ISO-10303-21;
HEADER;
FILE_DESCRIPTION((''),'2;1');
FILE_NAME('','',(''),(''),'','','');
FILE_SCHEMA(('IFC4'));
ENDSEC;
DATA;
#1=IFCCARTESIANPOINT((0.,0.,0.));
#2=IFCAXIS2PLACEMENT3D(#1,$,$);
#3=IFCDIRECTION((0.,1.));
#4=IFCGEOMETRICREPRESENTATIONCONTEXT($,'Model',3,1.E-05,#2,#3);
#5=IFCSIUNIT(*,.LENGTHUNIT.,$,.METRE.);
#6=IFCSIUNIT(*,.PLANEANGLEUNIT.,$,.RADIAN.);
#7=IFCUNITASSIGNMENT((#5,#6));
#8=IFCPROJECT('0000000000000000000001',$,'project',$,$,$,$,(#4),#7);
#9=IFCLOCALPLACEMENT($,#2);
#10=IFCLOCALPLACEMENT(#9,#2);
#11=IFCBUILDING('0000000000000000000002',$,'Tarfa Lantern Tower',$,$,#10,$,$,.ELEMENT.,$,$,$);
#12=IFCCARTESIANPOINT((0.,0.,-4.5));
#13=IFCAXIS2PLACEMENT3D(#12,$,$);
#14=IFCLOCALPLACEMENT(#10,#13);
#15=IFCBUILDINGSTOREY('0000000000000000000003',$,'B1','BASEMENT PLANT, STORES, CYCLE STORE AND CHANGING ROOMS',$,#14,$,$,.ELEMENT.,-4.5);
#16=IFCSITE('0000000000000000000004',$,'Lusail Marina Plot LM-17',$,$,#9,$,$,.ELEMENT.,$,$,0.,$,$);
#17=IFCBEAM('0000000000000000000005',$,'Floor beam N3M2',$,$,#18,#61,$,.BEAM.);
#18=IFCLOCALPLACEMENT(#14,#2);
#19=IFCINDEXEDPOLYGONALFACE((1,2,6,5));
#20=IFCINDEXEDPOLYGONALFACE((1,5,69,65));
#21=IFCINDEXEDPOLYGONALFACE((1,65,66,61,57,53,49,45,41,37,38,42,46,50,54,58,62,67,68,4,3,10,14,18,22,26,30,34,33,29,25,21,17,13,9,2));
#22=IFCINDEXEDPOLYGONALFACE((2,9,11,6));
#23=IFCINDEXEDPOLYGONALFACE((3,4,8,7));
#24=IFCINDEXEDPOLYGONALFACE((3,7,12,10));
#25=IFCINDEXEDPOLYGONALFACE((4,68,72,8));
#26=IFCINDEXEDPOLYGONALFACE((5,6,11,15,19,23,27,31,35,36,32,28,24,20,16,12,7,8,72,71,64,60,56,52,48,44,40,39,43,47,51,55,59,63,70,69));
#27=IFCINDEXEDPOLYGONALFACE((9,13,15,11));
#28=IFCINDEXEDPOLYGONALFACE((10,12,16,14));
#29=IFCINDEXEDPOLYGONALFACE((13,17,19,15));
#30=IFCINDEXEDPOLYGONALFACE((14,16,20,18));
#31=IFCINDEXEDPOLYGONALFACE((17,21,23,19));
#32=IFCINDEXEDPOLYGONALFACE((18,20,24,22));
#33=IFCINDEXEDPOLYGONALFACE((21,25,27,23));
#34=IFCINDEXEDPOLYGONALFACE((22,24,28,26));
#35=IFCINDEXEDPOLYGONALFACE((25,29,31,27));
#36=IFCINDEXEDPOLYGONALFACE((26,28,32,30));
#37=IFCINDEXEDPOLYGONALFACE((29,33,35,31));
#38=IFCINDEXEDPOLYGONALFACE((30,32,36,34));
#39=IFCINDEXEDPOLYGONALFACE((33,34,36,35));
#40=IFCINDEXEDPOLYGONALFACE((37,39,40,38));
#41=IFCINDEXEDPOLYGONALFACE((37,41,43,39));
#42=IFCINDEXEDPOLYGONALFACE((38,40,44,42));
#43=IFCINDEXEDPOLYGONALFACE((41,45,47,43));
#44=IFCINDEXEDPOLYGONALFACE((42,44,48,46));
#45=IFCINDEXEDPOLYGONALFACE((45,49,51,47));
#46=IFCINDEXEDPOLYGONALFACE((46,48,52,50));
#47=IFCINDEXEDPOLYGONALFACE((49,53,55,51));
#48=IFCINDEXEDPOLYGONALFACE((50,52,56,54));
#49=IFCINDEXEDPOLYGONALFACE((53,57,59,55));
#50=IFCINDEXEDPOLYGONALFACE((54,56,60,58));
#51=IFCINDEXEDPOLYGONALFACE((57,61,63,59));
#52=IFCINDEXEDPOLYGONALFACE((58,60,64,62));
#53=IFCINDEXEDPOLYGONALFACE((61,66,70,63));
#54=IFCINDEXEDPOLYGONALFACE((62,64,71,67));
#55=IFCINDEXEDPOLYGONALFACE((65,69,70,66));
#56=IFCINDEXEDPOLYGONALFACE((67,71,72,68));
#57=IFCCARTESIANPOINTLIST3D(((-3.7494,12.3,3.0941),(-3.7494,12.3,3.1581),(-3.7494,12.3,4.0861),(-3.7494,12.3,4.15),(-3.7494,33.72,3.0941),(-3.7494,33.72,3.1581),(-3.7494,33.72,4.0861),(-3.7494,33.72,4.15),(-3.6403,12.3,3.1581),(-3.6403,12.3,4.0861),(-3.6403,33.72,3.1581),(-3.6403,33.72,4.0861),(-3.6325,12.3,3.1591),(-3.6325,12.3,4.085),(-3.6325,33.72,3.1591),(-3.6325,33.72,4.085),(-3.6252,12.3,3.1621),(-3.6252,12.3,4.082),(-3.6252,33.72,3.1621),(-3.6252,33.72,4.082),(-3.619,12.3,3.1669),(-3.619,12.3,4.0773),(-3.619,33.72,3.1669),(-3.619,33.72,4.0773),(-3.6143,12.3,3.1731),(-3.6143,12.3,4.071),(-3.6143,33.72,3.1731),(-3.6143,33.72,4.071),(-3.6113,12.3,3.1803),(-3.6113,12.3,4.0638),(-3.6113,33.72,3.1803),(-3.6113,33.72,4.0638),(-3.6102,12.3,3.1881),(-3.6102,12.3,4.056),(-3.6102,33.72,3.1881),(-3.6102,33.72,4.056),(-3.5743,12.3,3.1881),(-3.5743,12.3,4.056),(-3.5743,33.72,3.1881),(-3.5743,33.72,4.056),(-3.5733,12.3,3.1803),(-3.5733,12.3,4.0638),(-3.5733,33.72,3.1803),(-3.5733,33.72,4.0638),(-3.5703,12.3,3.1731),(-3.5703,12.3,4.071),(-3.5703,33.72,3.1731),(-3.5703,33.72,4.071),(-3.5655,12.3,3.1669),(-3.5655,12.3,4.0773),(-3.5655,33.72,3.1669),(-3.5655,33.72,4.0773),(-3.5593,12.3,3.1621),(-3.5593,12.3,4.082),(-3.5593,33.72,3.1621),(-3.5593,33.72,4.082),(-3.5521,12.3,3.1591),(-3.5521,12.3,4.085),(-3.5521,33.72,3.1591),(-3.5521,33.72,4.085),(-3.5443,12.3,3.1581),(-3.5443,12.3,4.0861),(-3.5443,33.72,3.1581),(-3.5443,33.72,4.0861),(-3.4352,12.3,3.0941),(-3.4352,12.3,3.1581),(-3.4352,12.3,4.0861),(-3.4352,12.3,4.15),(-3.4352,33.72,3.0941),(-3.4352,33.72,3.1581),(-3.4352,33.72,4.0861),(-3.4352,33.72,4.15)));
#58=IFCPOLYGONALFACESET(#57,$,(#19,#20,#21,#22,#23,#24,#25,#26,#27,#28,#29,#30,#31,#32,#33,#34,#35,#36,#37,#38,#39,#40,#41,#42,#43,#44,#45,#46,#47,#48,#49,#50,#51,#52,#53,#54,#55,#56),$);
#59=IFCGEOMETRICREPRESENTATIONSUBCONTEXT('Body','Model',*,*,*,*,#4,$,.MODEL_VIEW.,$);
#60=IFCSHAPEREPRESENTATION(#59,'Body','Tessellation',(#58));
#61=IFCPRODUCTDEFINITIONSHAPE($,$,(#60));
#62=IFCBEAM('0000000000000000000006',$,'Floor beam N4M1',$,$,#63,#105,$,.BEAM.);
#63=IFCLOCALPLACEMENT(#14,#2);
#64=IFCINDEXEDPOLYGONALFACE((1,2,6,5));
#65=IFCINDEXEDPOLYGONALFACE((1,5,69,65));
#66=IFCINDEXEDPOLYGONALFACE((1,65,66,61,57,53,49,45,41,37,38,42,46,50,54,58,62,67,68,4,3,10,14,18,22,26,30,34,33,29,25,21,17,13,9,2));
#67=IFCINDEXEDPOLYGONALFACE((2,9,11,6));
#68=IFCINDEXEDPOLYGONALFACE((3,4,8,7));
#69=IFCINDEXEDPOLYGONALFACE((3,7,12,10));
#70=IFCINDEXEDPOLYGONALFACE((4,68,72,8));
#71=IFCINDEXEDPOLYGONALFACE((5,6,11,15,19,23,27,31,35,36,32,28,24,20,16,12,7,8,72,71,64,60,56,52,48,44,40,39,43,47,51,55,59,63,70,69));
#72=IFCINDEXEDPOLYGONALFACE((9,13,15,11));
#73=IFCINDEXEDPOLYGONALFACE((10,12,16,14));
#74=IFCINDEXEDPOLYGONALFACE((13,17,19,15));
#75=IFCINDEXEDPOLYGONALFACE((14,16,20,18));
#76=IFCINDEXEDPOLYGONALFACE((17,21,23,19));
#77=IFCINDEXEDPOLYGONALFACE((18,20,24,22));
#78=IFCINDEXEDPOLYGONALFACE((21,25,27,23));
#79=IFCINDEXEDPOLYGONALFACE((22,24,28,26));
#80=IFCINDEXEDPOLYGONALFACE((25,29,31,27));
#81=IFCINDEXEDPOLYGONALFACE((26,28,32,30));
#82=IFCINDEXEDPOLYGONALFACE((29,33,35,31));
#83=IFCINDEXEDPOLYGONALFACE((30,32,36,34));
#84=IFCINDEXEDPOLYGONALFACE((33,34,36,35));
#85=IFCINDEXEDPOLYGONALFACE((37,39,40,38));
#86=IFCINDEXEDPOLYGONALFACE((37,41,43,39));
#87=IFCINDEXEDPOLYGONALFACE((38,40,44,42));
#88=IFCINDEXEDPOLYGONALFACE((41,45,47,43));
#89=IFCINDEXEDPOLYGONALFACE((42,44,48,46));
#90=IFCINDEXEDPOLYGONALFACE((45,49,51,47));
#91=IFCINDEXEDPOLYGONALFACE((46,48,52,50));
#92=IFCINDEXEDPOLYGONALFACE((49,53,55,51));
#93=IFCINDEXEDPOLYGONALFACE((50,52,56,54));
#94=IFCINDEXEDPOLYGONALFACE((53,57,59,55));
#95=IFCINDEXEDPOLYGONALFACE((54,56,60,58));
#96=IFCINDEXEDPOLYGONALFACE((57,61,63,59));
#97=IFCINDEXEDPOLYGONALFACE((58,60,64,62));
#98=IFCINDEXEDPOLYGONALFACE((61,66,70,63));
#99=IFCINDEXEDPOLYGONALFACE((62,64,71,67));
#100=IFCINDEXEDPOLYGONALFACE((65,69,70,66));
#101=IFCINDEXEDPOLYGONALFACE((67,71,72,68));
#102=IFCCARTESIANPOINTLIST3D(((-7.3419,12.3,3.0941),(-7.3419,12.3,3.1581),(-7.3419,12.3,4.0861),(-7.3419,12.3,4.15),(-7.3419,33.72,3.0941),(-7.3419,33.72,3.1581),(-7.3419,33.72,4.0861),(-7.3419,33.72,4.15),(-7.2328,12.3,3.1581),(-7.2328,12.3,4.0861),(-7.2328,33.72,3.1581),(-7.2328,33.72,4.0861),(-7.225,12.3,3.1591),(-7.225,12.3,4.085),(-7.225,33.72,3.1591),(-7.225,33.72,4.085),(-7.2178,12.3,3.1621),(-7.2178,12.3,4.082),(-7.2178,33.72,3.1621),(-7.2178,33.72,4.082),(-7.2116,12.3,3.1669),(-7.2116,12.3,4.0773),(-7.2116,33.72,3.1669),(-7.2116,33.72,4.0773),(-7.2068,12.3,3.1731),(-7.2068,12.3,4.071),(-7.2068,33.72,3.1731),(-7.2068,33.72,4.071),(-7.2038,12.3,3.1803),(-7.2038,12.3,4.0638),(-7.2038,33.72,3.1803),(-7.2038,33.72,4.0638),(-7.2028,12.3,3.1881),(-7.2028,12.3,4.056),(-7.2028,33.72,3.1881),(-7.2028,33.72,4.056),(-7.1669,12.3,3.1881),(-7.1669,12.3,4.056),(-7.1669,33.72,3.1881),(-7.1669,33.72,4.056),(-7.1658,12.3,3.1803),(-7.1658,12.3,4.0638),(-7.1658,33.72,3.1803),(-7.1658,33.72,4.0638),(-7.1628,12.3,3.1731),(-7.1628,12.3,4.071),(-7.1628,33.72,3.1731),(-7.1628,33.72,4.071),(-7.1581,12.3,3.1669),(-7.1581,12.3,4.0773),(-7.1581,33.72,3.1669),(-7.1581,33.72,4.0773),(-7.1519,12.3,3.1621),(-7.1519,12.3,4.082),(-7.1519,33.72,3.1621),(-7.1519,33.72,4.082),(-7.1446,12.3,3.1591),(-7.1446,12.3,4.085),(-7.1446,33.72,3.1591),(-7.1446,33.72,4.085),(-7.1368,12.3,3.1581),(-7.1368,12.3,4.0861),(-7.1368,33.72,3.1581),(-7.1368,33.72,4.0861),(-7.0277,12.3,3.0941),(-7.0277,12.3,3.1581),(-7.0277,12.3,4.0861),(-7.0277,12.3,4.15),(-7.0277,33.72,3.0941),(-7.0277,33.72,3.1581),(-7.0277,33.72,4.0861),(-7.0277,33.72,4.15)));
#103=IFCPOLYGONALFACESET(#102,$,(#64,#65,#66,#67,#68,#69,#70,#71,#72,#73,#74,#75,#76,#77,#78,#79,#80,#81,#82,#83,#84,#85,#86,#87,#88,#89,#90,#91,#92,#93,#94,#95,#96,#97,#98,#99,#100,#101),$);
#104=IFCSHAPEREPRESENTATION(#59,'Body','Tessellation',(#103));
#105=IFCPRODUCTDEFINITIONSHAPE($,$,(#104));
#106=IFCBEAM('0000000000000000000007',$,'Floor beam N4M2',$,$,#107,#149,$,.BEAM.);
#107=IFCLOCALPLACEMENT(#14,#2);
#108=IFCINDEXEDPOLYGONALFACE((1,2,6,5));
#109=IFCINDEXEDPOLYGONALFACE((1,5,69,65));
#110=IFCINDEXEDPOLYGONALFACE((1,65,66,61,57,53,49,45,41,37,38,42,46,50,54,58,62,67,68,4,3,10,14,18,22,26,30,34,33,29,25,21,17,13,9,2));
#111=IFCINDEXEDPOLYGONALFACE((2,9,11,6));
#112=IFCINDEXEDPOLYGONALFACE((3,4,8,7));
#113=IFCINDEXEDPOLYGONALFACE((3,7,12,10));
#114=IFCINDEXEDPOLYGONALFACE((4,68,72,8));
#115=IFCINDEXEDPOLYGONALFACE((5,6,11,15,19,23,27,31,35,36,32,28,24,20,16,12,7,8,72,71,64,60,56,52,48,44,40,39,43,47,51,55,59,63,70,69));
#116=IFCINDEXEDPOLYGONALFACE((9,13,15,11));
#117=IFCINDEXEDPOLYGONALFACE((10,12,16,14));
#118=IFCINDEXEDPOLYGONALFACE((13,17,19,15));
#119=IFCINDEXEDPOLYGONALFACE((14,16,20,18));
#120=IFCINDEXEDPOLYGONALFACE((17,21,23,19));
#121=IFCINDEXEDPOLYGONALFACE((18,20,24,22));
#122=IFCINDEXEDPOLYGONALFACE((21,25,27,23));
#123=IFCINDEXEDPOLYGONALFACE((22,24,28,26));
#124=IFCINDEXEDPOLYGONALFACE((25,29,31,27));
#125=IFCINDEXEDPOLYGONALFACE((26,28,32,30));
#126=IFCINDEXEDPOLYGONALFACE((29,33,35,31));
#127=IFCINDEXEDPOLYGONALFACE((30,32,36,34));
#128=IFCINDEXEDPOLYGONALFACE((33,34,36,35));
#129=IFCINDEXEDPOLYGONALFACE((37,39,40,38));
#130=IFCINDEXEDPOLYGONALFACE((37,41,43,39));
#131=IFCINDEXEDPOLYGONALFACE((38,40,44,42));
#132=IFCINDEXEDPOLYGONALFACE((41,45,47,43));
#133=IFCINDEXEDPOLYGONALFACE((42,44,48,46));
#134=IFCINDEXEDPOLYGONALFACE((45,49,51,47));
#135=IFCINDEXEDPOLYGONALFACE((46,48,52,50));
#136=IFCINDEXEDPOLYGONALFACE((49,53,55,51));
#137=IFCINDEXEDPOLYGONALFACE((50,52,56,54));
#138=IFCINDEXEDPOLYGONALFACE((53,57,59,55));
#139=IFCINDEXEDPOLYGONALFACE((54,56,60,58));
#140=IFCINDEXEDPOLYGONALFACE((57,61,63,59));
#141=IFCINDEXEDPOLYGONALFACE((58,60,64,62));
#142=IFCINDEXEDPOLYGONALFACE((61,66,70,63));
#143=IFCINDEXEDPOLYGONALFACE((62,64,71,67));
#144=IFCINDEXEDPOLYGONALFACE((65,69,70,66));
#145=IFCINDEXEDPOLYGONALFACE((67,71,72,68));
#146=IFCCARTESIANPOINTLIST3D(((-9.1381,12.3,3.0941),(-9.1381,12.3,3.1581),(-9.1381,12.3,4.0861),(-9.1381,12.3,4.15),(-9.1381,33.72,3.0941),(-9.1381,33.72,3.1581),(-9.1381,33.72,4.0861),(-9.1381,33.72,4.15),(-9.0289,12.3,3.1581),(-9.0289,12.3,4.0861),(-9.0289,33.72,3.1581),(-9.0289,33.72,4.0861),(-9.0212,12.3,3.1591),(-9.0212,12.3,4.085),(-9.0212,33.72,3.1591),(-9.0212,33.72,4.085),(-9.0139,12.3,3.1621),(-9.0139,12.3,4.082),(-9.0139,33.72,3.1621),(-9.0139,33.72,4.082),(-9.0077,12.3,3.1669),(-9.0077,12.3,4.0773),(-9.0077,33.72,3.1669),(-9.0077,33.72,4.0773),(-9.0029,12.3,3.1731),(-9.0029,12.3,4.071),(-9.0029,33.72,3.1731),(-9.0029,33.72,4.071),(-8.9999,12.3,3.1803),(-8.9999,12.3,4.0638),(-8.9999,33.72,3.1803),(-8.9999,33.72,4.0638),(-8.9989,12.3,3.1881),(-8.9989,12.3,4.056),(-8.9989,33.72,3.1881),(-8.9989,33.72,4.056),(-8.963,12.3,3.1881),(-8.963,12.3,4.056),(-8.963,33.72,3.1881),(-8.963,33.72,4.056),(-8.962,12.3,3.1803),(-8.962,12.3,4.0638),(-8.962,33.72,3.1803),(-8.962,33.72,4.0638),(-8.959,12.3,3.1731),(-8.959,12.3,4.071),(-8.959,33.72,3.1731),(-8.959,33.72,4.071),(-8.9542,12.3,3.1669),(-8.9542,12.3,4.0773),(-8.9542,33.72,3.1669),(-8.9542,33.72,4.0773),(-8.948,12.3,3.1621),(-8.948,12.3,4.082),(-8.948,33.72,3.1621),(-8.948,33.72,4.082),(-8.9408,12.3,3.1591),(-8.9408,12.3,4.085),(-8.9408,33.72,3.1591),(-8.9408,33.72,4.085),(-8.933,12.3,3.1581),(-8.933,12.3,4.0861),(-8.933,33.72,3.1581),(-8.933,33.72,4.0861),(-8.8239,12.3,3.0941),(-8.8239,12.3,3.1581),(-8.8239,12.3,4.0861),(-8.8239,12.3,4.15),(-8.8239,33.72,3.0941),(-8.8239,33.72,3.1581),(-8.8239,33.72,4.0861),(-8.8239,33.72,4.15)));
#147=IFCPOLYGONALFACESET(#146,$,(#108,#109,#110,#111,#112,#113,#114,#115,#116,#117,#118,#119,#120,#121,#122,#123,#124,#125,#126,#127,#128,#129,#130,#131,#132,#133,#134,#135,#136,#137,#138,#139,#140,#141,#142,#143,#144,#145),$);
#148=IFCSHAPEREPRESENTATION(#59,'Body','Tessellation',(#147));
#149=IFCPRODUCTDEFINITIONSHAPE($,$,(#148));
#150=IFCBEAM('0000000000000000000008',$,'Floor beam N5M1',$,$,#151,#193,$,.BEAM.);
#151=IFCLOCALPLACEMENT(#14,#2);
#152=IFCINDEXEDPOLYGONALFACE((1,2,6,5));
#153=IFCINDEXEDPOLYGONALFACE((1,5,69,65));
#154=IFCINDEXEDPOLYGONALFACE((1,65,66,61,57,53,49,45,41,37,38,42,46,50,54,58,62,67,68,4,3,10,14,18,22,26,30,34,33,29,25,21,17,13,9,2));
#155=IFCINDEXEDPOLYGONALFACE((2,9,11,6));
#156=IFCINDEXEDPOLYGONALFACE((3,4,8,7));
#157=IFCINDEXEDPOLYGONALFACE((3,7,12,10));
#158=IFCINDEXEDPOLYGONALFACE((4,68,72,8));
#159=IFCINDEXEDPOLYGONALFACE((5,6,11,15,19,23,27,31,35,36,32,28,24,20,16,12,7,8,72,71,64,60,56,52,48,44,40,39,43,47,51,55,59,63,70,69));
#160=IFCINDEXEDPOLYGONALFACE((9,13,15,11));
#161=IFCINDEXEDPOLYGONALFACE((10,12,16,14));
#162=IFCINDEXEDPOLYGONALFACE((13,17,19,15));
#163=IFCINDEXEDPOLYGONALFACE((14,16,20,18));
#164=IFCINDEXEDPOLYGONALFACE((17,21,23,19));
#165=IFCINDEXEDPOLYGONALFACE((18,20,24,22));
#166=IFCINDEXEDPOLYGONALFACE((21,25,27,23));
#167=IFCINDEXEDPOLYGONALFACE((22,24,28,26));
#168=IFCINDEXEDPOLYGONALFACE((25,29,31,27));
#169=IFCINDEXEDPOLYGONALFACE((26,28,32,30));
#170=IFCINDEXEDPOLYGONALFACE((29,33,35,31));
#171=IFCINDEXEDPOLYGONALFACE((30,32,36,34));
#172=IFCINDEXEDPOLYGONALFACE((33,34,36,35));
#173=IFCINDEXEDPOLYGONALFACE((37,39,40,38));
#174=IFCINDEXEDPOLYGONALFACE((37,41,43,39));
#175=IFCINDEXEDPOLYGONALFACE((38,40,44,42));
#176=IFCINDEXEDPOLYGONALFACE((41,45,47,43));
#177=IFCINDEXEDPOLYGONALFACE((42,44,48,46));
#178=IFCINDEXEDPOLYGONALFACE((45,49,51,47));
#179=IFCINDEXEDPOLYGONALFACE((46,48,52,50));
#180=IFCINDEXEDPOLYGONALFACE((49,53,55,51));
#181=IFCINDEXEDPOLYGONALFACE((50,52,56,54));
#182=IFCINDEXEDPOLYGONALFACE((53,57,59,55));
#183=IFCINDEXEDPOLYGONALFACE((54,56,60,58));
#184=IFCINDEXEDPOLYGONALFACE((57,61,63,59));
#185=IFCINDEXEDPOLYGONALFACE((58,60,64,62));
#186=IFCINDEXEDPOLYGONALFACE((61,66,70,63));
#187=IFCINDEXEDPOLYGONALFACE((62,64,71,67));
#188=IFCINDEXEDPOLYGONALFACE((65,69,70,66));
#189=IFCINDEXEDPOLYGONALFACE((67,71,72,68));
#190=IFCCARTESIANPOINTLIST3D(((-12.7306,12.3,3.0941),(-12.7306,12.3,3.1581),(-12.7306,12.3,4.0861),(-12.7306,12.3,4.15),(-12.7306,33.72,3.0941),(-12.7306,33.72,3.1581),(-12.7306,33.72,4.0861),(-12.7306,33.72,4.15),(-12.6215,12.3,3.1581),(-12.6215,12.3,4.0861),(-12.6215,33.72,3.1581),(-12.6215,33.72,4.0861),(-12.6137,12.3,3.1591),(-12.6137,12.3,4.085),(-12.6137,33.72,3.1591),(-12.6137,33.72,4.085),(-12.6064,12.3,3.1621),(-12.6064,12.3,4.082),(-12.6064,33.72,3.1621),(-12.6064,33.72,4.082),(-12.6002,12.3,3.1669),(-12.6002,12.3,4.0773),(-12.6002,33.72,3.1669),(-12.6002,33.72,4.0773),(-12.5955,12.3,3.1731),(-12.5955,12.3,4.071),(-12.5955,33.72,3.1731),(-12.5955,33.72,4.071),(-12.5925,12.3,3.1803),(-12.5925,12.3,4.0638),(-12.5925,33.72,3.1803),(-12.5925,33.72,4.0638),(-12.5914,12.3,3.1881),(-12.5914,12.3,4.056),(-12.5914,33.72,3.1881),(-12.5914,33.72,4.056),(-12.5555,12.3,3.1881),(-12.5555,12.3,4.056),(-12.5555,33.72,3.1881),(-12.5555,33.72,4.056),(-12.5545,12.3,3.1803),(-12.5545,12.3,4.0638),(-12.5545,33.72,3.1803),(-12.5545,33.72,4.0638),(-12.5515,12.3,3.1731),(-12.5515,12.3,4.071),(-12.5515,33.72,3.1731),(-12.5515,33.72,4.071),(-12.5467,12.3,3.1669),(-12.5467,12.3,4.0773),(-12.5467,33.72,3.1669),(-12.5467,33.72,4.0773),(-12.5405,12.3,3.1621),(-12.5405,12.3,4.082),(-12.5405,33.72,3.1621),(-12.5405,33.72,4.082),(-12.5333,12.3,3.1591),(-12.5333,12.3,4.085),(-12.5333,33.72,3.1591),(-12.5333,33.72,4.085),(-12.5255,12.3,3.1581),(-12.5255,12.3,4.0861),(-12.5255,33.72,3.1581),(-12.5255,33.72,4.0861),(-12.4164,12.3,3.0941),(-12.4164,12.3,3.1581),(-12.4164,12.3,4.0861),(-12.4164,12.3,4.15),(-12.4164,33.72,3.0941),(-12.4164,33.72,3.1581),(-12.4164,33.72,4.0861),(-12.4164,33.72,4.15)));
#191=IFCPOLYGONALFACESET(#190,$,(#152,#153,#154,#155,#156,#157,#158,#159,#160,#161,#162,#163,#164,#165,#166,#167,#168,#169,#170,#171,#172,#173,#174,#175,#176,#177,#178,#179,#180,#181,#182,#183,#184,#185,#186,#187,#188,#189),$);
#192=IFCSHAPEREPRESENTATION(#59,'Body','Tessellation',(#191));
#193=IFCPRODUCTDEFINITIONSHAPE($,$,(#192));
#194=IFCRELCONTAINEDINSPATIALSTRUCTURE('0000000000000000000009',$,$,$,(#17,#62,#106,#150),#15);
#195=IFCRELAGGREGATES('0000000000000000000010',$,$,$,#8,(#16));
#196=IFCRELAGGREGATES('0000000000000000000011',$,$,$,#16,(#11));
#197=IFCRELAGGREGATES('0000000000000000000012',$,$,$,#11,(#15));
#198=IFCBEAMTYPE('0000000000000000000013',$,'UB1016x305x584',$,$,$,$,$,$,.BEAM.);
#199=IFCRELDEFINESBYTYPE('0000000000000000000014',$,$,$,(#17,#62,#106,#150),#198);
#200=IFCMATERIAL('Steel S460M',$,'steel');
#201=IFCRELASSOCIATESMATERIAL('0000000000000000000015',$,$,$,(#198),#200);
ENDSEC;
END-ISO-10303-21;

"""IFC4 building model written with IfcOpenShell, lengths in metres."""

from ifc_helpers import new_model, si_unit, direction, frame, origin, origin_2d, place, context, subcontext, project, spatial, i_section, extrude, material, material_profile, profile_set, type_object, element, save


model = new_model("IFC4")

# Units and contexts
model_context = context("Model", 3, precision=1e-05, world=origin(), true_north=direction((0.0, 1.0)))
body_context = subcontext(model_context, "Body", "Model", "MODEL_VIEW")
ifc_project = project(units=[si_unit("LENGTHUNIT", "METRE"), si_unit("PLANEANGLEUNIT", "RADIAN")], contexts=[model_context])

# Site, building, storey
site_placement = place(None, origin())
site = spatial("IfcSite", under=ifc_project, at=site_placement, Name="Lusail Marina Plot LM-17", CompositionType="ELEMENT", RefElevation=0.0)
building_placement = place(site_placement, origin())
building = spatial("IfcBuilding", under=site, at=building_placement, Name="Tarfa Lantern Tower", CompositionType="ELEMENT")
storey_placement = place(building_placement, frame((0.0, 0.0, -4.5)))
storey = spatial("IfcBuildingStorey", under=building, at=storey_placement, Name="B1", Description="BASEMENT PLANT, STORES, CYCLE STORE AND CHANGING ROOMS", CompositionType="ELEMENT", Elevation=-4.5)

# Beams
ifc_material_1 = material(Name="Steel S460M", Category="steel")
ifc_material_profile_1 = material_profile(ifc_material_1, i_section(OverallWidth=0.3142, OverallDepth=1.0559, WebThickness=0.0359, FlangeThickness=0.064, FilletRadius=0.03, at=origin_2d()), Name="UB1016x305x584")
ifc_profile_set_1 = profile_set([ifc_material_profile_1], Name="Steel S460M")
beam_type_1 = type_object("IfcBeamType", Name="UB1016x305x584", PredefinedType="BEAM", material=ifc_profile_set_1)
for number, where, z_axis, x_axis, name in (
    (1, (-3.5923, 33.72, 3.6221), (0.0, -1.0, 0.0), (1.0, 0.0, 0.0), "Floor beam N3M2"),
    (2, (-7.1848, 33.72, 3.6221), (0.0, -1.0, 0.0), (1.0, 0.0, 0.0), "Floor beam N4M1"),
    (3, (-8.981, 33.72, 3.6221), (0.0, -1.0, 0.0), (1.0, 0.0, 0.0), "Floor beam N4M2"),
    (4, (-12.5735, 33.72, 3.6221), (0.0, -1.0, 0.0), (1.0, 0.0, 0.0), "Floor beam N5M1"),
):
    element("IfcBeam", number, at=place(storey_placement, frame(where, z_axis=z_axis, x_axis=x_axis)), inside=storey, type_object=beam_type_1, Name=name, PredefinedType="BEAM", context=body_context, shape_type="SweptSolid", body=[
        extrude(i_section(OverallWidth=0.3142, OverallDepth=1.0559, WebThickness=0.0359, FlangeThickness=0.064, FilletRadius=0.03, at=origin_2d()), origin(), (0.0, 0.0, 1.0), 21.4199),
    ])

save(model, "model.ifc")
